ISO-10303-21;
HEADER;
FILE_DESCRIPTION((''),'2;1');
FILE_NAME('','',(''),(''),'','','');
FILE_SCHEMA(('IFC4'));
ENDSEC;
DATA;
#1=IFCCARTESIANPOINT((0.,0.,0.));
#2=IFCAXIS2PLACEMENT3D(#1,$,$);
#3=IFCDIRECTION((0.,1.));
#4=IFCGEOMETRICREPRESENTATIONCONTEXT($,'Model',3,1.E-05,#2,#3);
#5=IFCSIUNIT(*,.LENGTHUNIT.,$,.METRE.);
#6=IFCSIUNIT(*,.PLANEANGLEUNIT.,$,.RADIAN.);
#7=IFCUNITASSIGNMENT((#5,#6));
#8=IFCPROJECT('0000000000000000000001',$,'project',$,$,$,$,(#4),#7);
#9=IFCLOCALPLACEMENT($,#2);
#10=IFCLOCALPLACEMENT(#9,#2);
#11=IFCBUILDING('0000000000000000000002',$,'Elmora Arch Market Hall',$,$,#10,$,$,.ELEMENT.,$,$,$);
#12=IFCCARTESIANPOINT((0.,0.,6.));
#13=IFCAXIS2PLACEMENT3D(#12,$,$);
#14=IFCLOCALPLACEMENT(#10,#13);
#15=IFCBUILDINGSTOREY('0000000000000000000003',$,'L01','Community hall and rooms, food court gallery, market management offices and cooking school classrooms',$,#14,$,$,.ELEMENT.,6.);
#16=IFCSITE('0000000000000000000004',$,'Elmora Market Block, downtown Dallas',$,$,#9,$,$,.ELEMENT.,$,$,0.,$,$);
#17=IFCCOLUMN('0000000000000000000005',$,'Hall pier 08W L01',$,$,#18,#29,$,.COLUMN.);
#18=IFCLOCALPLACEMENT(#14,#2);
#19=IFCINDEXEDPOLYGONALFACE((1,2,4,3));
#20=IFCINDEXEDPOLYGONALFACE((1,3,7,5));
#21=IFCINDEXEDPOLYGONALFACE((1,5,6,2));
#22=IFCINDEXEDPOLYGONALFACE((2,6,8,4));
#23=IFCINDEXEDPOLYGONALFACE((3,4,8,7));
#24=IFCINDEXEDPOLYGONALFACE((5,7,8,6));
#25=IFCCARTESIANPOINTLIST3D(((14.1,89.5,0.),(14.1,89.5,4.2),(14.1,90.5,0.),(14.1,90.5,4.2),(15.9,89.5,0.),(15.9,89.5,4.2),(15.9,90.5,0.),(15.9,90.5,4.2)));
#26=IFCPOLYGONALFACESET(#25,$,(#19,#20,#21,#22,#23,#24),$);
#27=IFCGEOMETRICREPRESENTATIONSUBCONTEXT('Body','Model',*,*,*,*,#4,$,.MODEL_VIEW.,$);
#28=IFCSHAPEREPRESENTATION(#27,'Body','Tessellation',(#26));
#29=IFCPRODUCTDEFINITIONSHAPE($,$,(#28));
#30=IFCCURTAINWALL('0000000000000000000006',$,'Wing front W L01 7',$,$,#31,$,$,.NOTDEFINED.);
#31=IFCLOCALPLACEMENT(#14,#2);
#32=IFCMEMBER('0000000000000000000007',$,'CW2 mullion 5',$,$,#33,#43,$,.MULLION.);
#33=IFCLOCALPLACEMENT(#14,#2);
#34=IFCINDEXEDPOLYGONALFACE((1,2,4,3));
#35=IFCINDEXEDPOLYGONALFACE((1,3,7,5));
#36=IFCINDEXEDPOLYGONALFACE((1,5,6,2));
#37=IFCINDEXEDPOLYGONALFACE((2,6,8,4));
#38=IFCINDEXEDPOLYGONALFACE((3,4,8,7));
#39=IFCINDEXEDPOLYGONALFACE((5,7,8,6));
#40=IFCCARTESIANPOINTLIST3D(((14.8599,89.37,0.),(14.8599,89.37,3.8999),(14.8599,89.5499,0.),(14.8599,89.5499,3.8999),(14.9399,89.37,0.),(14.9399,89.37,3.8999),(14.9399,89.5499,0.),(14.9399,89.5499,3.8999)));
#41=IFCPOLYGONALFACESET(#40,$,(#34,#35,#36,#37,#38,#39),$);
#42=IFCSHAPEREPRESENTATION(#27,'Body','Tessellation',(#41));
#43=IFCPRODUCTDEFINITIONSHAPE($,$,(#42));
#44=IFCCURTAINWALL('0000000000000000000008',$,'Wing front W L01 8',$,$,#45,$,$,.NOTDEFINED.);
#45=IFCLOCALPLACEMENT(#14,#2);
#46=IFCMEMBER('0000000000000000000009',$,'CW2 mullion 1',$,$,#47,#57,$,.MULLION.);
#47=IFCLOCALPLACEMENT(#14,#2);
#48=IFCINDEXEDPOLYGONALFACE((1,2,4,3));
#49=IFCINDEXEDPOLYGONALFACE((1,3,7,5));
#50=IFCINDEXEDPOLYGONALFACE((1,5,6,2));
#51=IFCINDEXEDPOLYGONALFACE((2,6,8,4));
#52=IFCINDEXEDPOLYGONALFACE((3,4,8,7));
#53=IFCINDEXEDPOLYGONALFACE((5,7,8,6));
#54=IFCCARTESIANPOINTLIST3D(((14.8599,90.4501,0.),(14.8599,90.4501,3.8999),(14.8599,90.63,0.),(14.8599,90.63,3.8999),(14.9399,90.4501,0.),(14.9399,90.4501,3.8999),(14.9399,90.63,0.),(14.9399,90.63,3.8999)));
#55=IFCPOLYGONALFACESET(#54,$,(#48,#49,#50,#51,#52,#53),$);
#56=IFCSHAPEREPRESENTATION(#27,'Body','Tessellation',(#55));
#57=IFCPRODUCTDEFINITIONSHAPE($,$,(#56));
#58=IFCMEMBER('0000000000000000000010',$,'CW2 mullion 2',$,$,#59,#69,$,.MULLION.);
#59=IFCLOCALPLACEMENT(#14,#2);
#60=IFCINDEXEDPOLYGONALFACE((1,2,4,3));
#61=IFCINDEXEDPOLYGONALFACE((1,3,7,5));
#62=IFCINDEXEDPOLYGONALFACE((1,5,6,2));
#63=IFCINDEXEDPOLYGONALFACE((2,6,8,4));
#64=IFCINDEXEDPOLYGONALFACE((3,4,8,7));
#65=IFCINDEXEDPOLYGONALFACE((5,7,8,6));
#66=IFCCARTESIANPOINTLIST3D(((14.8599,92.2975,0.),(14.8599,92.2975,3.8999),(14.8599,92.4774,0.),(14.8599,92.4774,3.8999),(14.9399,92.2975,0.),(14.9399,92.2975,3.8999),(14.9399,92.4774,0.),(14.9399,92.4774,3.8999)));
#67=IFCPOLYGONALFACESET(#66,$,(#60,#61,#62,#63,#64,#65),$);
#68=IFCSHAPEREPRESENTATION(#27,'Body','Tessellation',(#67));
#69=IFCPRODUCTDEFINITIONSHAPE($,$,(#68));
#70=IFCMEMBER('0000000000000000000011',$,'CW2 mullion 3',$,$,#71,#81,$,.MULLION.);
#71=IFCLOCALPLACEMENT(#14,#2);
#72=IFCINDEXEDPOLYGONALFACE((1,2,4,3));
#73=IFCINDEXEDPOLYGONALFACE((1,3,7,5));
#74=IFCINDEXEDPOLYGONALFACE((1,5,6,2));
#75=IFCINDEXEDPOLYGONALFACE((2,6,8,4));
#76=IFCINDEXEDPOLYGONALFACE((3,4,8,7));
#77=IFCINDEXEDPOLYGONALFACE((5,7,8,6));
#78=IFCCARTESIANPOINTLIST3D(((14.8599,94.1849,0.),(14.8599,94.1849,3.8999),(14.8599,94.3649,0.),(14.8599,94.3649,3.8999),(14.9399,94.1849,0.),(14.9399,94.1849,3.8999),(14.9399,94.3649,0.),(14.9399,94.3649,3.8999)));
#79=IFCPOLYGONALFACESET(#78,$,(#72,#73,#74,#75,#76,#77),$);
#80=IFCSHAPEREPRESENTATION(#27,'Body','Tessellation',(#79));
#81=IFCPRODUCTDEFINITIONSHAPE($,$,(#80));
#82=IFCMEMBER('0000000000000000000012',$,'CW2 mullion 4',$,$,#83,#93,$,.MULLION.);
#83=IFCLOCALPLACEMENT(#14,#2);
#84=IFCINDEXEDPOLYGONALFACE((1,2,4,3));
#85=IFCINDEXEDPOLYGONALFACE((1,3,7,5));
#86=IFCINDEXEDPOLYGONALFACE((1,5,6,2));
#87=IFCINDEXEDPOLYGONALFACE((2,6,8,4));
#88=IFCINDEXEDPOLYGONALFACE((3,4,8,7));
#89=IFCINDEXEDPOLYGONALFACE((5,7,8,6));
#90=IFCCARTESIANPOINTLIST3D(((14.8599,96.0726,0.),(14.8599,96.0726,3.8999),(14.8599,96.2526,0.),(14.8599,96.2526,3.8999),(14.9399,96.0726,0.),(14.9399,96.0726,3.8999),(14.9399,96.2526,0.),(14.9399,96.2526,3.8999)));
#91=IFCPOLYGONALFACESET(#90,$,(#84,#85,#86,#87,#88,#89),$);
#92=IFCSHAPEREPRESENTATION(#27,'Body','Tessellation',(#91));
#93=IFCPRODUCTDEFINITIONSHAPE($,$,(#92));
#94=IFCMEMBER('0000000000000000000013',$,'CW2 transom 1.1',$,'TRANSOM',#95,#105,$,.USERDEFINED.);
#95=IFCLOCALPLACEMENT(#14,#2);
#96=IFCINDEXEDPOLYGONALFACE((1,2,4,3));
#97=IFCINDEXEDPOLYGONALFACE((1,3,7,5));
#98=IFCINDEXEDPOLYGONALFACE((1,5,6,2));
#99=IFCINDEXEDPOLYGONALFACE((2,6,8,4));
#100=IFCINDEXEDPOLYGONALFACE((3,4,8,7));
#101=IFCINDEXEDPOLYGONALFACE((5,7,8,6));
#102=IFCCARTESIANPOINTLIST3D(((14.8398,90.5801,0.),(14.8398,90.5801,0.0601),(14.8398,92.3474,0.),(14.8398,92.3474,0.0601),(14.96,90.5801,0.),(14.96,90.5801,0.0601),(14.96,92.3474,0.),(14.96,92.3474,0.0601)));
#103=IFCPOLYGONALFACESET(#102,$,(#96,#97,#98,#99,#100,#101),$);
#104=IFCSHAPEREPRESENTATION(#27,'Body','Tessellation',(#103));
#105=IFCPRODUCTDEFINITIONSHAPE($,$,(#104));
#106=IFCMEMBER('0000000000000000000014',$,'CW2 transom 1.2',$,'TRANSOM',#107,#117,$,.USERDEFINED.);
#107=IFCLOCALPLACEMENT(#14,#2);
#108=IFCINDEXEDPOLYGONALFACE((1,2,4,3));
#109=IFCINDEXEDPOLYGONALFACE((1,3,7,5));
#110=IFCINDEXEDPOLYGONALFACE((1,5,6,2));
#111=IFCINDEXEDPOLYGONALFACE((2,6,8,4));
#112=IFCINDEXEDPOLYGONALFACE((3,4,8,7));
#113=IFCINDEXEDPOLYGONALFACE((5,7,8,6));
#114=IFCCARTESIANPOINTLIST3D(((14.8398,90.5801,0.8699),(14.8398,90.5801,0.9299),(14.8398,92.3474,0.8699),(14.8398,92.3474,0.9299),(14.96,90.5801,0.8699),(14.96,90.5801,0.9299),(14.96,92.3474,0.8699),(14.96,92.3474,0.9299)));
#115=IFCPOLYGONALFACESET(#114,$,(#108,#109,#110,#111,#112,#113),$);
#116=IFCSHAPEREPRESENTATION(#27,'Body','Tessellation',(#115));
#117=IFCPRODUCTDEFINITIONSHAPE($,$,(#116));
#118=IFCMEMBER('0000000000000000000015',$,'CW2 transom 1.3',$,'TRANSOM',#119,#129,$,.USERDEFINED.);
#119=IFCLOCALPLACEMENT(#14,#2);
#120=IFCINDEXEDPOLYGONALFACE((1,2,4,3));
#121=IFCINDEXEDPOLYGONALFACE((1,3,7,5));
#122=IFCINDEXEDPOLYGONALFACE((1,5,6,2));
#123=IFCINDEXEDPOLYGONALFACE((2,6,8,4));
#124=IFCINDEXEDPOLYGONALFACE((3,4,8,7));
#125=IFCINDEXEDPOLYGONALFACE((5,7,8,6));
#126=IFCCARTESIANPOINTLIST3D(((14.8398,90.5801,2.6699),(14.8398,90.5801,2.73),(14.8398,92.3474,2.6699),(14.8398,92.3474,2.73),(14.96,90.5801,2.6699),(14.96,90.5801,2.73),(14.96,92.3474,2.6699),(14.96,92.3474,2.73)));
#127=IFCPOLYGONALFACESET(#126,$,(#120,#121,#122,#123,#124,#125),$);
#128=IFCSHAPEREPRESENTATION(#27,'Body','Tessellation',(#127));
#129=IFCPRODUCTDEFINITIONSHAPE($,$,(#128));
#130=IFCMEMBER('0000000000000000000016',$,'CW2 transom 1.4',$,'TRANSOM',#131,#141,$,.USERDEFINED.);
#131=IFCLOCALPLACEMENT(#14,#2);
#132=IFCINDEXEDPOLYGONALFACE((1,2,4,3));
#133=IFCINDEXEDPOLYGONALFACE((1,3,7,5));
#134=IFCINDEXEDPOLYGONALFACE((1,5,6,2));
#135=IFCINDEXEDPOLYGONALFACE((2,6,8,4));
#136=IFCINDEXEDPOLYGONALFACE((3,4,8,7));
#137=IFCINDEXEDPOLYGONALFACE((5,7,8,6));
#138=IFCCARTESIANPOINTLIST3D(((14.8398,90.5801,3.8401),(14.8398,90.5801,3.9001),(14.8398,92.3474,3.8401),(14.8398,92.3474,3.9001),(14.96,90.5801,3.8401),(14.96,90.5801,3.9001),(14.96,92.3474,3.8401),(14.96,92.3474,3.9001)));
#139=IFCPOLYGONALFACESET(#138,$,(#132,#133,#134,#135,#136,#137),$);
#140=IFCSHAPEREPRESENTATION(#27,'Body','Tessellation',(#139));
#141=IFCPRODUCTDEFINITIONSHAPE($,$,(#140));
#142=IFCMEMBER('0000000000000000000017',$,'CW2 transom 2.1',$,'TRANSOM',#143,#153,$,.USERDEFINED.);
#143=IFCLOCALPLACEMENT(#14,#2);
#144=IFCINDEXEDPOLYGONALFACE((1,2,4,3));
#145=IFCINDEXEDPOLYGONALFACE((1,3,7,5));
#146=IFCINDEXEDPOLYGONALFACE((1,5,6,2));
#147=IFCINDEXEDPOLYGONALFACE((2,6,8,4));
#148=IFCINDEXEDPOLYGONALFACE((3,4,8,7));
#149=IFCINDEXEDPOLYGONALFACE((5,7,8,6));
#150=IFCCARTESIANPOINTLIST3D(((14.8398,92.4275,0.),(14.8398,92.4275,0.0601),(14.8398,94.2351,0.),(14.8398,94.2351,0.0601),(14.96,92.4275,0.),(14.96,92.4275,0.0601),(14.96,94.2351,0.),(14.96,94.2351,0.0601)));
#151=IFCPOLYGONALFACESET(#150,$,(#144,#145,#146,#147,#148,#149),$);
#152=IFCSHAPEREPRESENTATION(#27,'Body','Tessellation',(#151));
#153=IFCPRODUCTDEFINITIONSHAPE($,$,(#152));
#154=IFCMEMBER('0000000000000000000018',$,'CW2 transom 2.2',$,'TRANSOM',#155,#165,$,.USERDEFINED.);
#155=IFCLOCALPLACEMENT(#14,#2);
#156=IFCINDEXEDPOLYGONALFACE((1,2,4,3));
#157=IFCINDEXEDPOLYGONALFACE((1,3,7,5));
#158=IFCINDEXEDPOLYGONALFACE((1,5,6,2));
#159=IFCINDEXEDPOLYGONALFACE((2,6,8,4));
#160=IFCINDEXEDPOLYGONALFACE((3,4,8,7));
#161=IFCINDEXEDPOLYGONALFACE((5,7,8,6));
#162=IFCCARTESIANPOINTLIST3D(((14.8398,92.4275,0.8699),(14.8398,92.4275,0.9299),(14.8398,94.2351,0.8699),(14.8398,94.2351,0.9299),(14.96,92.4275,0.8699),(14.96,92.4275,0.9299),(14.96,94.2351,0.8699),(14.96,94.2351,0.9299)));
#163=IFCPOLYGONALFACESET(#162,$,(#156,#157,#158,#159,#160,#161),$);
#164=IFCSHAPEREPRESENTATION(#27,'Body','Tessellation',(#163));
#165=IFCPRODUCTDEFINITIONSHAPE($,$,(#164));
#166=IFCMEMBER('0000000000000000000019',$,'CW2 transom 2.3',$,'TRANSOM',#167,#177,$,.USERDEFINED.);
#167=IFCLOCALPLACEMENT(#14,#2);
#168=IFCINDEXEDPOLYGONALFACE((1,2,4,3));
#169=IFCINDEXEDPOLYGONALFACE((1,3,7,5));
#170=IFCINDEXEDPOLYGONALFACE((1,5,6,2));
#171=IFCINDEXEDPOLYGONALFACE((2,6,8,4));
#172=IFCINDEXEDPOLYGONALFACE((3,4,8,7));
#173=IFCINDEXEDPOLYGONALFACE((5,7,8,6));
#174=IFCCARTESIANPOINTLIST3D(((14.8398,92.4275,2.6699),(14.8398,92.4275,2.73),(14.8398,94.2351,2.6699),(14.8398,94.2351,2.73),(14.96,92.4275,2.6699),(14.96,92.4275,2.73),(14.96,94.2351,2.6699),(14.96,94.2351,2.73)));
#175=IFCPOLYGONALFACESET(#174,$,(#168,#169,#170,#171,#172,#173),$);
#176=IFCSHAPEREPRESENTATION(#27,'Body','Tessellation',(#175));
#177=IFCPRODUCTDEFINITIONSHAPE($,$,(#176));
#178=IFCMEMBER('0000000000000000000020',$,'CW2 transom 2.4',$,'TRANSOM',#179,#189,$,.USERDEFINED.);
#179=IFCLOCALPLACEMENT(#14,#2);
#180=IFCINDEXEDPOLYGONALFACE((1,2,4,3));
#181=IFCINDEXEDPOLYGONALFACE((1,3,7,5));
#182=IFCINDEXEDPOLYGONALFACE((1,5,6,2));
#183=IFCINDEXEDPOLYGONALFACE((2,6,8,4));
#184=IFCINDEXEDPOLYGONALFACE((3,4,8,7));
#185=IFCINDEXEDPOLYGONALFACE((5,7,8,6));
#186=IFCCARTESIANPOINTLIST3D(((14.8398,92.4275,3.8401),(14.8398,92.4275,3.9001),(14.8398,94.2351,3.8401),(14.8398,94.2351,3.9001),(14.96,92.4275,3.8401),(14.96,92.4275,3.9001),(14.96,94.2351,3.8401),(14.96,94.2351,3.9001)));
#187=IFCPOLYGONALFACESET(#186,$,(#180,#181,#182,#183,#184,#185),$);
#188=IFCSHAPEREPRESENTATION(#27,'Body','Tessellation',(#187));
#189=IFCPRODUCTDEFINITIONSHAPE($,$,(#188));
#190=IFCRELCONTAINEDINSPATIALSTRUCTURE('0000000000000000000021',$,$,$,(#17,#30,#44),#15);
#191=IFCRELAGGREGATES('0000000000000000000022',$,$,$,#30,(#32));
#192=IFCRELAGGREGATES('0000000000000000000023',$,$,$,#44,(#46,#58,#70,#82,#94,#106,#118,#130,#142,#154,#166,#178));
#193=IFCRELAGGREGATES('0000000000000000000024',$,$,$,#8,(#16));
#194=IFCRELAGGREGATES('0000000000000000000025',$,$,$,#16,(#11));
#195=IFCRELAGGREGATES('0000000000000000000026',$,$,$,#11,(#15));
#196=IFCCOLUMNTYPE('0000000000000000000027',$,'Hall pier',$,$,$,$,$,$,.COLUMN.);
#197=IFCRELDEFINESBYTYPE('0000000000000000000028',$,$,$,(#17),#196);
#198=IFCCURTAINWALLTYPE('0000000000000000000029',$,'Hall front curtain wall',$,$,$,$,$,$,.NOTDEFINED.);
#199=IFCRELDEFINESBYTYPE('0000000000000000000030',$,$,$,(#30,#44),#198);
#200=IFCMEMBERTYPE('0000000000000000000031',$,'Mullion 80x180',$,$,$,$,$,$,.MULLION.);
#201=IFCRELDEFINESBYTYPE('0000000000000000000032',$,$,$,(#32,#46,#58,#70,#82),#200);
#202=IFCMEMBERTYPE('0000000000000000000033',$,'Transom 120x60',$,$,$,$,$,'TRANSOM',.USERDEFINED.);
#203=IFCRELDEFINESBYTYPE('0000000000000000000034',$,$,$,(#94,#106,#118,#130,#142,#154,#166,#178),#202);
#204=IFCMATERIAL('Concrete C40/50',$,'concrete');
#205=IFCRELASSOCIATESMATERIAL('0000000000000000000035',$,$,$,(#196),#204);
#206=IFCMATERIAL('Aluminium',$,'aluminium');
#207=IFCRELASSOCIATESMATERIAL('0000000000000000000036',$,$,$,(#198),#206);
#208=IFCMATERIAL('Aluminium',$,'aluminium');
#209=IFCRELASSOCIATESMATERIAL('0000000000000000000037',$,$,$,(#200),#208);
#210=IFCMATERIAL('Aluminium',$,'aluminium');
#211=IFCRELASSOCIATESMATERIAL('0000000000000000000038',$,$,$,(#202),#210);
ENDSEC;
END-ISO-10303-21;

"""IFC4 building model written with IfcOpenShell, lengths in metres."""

from ifc_helpers import new_model, si_unit, direction, frame, origin, origin_2d, place, context, subcontext, project, spatial, rectangle, extrude, material, material_profile, profile_set, type_object, element, aggregate, save


model = new_model("IFC4")

# Units and contexts
model_context = context("Model", 3, precision=1e-05, world=origin(), true_north=direction((0.0, 1.0)))
body_context = subcontext(model_context, "Body", "Model", "MODEL_VIEW")
ifc_project = project(units=[si_unit("LENGTHUNIT", "METRE"), si_unit("PLANEANGLEUNIT", "RADIAN")], contexts=[model_context])

# Site, building, storey
site_placement = place(None, origin())
site = spatial("IfcSite", under=ifc_project, at=site_placement, Name="Elmora Market Block, downtown Dallas", CompositionType="ELEMENT", RefElevation=0.0)
building_placement = place(site_placement, origin())
building = spatial("IfcBuilding", under=site, at=building_placement, Name="Elmora Arch Market Hall", CompositionType="ELEMENT")
storey_placement = place(building_placement, frame((0.0, 0.0, 6.0)))
storey = spatial("IfcBuildingStorey", under=building, at=storey_placement, Name="L01", Description="Community hall and rooms, food court gallery, market management offices and cooking school classrooms", CompositionType="ELEMENT", Elevation=6.0)

# Column
ifc_material_1 = material(Name="Concrete C40/50", Category="concrete")
ifc_material_profile_1 = material_profile(ifc_material_1, rectangle(XDim=1.8, YDim=1.0, at=origin_2d()), Name="Hall pier")
ifc_profile_set_1 = profile_set([ifc_material_profile_1], Name="Concrete C40/50")
column_type = type_object("IfcColumnType", Name="Hall pier", PredefinedType="COLUMN", material=ifc_profile_set_1)
column_placement = place(storey_placement, frame((15.0, 90.0, 0.0), z_axis=(0.0, 0.0, 1.0), x_axis=(1.0, 0.0, 0.0)))
element("IfcColumn", 1, at=column_placement, inside=storey, type_object=column_type, Name="Hall pier 08W L01", PredefinedType="COLUMN", context=body_context, shape_type="SweptSolid", body=[
    extrude(rectangle(XDim=1.8, YDim=1.0, at=origin_2d()), origin(), (0.0, 0.0, 1.0), 4.2),
])

# Curtain wall, member
ifc_material_2 = material(Name="Aluminium", Category="aluminium")
curtain_wall_type = type_object("IfcCurtainWallType", Name="Hall front curtain wall", PredefinedType="NOTDEFINED", material=ifc_material_2)
curtain_wall_1_placement = place(storey_placement, origin())
curtain_wall_1 = element("IfcCurtainWall", 2, at=curtain_wall_1_placement, inside=storey, type_object=curtain_wall_type, Name="Wing front W L01 7", PredefinedType="NOTDEFINED")
ifc_material_3 = material(Name="Aluminium", Category="aluminium")
ifc_material_profile_2 = material_profile(ifc_material_3, rectangle(XDim=0.0801, YDim=0.1799, at=origin_2d()), Name="AL 80x180")
ifc_profile_set_2 = profile_set([ifc_material_profile_2], Name="Aluminium")
member_type_1 = type_object("IfcMemberType", Name="Mullion 80x180", PredefinedType="MULLION", material=ifc_profile_set_2)
member_1_placement = place(storey_placement, frame((14.8999, 89.46, 0.0), z_axis=(0.0, 0.0, 1.0), x_axis=(-1.0, 0.0, 0.0)))
member_1 = element("IfcMember", 3, at=member_1_placement, type_object=member_type_1, Name="CW2 mullion 5", PredefinedType="MULLION", context=body_context, shape_type="SweptSolid", body=[
    extrude(rectangle(XDim=0.0801, YDim=0.1799, at=origin_2d()), origin(), (0.0, 0.0, 1.0), 3.8999),
])
aggregate(curtain_wall_1, [member_1])

# Curtain wall, members
curtain_wall_2_placement = place(storey_placement, origin())
curtain_wall_2 = element("IfcCurtainWall", 4, at=curtain_wall_2_placement, inside=storey, type_object=curtain_wall_type, Name="Wing front W L01 8", PredefinedType="NOTDEFINED")
member_2_placement = place(storey_placement, frame((14.8999, 90.54, 0.0), z_axis=(0.0, 0.0, 1.0), x_axis=(-1.0, 0.0, 0.0)))
member_2 = element("IfcMember", 5, at=member_2_placement, type_object=member_type_1, Name="CW2 mullion 1", PredefinedType="MULLION", context=body_context, shape_type="SweptSolid", body=[
    extrude(rectangle(XDim=0.0801, YDim=0.1799, at=origin_2d()), origin(), (0.0, 0.0, 1.0), 3.8999),
])
member_3_placement = place(storey_placement, frame((14.8999, 92.3875, 0.0), z_axis=(0.0, 0.0, 1.0), x_axis=(-1.0, 0.0, 0.0)))
member_3 = element("IfcMember", 6, at=member_3_placement, type_object=member_type_1, Name="CW2 mullion 2", PredefinedType="MULLION", context=body_context, shape_type="SweptSolid", body=[
    extrude(rectangle(XDim=0.0801, YDim=0.1799, at=origin_2d()), origin(), (0.0, 0.0, 1.0), 3.8999),
])
member_4_placement = place(storey_placement, frame((14.8999, 94.2749, 0.0), z_axis=(0.0, 0.0, 1.0), x_axis=(-1.0, 0.0, 0.0)))
member_4 = element("IfcMember", 7, at=member_4_placement, type_object=member_type_1, Name="CW2 mullion 3", PredefinedType="MULLION", context=body_context, shape_type="SweptSolid", body=[
    extrude(rectangle(XDim=0.0801, YDim=0.1799, at=origin_2d()), origin(), (0.0, 0.0, 1.0), 3.8999),
])
member_5_placement = place(storey_placement, frame((14.8999, 96.1626, 0.0), z_axis=(0.0, 0.0, 1.0), x_axis=(-1.0, 0.0, 0.0)))
member_5 = element("IfcMember", 8, at=member_5_placement, type_object=member_type_1, Name="CW2 mullion 4", PredefinedType="MULLION", context=body_context, shape_type="SweptSolid", body=[
    extrude(rectangle(XDim=0.0801, YDim=0.1799, at=origin_2d()), origin(), (0.0, 0.0, 1.0), 3.8999),
])
ifc_material_4 = material(Name="Aluminium", Category="aluminium")
ifc_material_profile_3 = material_profile(ifc_material_4, rectangle(XDim=0.1201, YDim=0.0601, at=origin_2d()), Name="AL 120x60")
ifc_profile_set_3 = profile_set([ifc_material_profile_3], Name="Aluminium")
member_type_2 = type_object("IfcMemberType", Name="Transom 120x60", ElementType="TRANSOM", PredefinedType="USERDEFINED", material=ifc_profile_set_3)
member_6_placement = place(storey_placement, frame((14.8999, 90.5801, 0.03), z_axis=(0.0, 1.0, 0.0), x_axis=(-1.0, 0.0, 0.0)))
member_6 = element("IfcMember", 9, at=member_6_placement, type_object=member_type_2, Name="CW2 transom 1.1", ObjectType="TRANSOM", PredefinedType="USERDEFINED", context=body_context, shape_type="SweptSolid", body=[
    extrude(rectangle(XDim=0.1201, YDim=0.0601, at=origin_2d()), origin(), (0.0, 0.0, 1.0), 1.7673),
])
member_7_placement = place(storey_placement, frame((14.8999, 90.5801, 0.8999), z_axis=(0.0, 1.0, 0.0), x_axis=(-1.0, 0.0, 0.0)))
member_7 = element("IfcMember", 10, at=member_7_placement, type_object=member_type_2, Name="CW2 transom 1.2", ObjectType="TRANSOM", PredefinedType="USERDEFINED", context=body_context, shape_type="SweptSolid", body=[
    extrude(rectangle(XDim=0.1201, YDim=0.0601, at=origin_2d()), origin(), (0.0, 0.0, 1.0), 1.7673),
])
member_8_placement = place(storey_placement, frame((14.8999, 90.5801, 2.7), z_axis=(0.0, 1.0, 0.0), x_axis=(-1.0, 0.0, 0.0)))
member_8 = element("IfcMember", 11, at=member_8_placement, type_object=member_type_2, Name="CW2 transom 1.3", ObjectType="TRANSOM", PredefinedType="USERDEFINED", context=body_context, shape_type="SweptSolid", body=[
    extrude(rectangle(XDim=0.1201, YDim=0.0601, at=origin_2d()), origin(), (0.0, 0.0, 1.0), 1.7673),
])
member_9_placement = place(storey_placement, frame((14.8999, 90.5801, 3.8701), z_axis=(0.0, 1.0, 0.0), x_axis=(-1.0, 0.0, 0.0)))
member_9 = element("IfcMember", 12, at=member_9_placement, type_object=member_type_2, Name="CW2 transom 1.4", ObjectType="TRANSOM", PredefinedType="USERDEFINED", context=body_context, shape_type="SweptSolid", body=[
    extrude(rectangle(XDim=0.1201, YDim=0.0601, at=origin_2d()), origin(), (0.0, 0.0, 1.0), 1.7673),
])
member_10_placement = place(storey_placement, frame((14.8999, 92.4275, 0.03), z_axis=(0.0, 1.0, 0.0), x_axis=(-1.0, 0.0, 0.0)))
member_10 = element("IfcMember", 13, at=member_10_placement, type_object=member_type_2, Name="CW2 transom 2.1", ObjectType="TRANSOM", PredefinedType="USERDEFINED", context=body_context, shape_type="SweptSolid", body=[
    extrude(rectangle(XDim=0.1201, YDim=0.0601, at=origin_2d()), origin(), (0.0, 0.0, 1.0), 1.8076),
])
member_11_placement = place(storey_placement, frame((14.8999, 92.4275, 0.8999), z_axis=(0.0, 1.0, 0.0), x_axis=(-1.0, 0.0, 0.0)))
member_11 = element("IfcMember", 14, at=member_11_placement, type_object=member_type_2, Name="CW2 transom 2.2", ObjectType="TRANSOM", PredefinedType="USERDEFINED", context=body_context, shape_type="SweptSolid", body=[
    extrude(rectangle(XDim=0.1201, YDim=0.0601, at=origin_2d()), origin(), (0.0, 0.0, 1.0), 1.8076),
])
member_12_placement = place(storey_placement, frame((14.8999, 92.4275, 2.7), z_axis=(0.0, 1.0, 0.0), x_axis=(-1.0, 0.0, 0.0)))
member_12 = element("IfcMember", 15, at=member_12_placement, type_object=member_type_2, Name="CW2 transom 2.3", ObjectType="TRANSOM", PredefinedType="USERDEFINED", context=body_context, shape_type="SweptSolid", body=[
    extrude(rectangle(XDim=0.1201, YDim=0.0601, at=origin_2d()), origin(), (0.0, 0.0, 1.0), 1.8076),
])
member_13_placement = place(storey_placement, frame((14.8999, 92.4275, 3.8701), z_axis=(0.0, 1.0, 0.0), x_axis=(-1.0, 0.0, 0.0)))
member_13 = element("IfcMember", 16, at=member_13_placement, type_object=member_type_2, Name="CW2 transom 2.4", ObjectType="TRANSOM", PredefinedType="USERDEFINED", context=body_context, shape_type="SweptSolid", body=[
    extrude(rectangle(XDim=0.1201, YDim=0.0601, at=origin_2d()), origin(), (0.0, 0.0, 1.0), 1.8076),
])
aggregate(curtain_wall_2, [member_2, member_3, member_4, member_5, member_6, member_7, member_8, member_9, member_10, member_11, member_12, member_13])

save(model, "model.ifc")
